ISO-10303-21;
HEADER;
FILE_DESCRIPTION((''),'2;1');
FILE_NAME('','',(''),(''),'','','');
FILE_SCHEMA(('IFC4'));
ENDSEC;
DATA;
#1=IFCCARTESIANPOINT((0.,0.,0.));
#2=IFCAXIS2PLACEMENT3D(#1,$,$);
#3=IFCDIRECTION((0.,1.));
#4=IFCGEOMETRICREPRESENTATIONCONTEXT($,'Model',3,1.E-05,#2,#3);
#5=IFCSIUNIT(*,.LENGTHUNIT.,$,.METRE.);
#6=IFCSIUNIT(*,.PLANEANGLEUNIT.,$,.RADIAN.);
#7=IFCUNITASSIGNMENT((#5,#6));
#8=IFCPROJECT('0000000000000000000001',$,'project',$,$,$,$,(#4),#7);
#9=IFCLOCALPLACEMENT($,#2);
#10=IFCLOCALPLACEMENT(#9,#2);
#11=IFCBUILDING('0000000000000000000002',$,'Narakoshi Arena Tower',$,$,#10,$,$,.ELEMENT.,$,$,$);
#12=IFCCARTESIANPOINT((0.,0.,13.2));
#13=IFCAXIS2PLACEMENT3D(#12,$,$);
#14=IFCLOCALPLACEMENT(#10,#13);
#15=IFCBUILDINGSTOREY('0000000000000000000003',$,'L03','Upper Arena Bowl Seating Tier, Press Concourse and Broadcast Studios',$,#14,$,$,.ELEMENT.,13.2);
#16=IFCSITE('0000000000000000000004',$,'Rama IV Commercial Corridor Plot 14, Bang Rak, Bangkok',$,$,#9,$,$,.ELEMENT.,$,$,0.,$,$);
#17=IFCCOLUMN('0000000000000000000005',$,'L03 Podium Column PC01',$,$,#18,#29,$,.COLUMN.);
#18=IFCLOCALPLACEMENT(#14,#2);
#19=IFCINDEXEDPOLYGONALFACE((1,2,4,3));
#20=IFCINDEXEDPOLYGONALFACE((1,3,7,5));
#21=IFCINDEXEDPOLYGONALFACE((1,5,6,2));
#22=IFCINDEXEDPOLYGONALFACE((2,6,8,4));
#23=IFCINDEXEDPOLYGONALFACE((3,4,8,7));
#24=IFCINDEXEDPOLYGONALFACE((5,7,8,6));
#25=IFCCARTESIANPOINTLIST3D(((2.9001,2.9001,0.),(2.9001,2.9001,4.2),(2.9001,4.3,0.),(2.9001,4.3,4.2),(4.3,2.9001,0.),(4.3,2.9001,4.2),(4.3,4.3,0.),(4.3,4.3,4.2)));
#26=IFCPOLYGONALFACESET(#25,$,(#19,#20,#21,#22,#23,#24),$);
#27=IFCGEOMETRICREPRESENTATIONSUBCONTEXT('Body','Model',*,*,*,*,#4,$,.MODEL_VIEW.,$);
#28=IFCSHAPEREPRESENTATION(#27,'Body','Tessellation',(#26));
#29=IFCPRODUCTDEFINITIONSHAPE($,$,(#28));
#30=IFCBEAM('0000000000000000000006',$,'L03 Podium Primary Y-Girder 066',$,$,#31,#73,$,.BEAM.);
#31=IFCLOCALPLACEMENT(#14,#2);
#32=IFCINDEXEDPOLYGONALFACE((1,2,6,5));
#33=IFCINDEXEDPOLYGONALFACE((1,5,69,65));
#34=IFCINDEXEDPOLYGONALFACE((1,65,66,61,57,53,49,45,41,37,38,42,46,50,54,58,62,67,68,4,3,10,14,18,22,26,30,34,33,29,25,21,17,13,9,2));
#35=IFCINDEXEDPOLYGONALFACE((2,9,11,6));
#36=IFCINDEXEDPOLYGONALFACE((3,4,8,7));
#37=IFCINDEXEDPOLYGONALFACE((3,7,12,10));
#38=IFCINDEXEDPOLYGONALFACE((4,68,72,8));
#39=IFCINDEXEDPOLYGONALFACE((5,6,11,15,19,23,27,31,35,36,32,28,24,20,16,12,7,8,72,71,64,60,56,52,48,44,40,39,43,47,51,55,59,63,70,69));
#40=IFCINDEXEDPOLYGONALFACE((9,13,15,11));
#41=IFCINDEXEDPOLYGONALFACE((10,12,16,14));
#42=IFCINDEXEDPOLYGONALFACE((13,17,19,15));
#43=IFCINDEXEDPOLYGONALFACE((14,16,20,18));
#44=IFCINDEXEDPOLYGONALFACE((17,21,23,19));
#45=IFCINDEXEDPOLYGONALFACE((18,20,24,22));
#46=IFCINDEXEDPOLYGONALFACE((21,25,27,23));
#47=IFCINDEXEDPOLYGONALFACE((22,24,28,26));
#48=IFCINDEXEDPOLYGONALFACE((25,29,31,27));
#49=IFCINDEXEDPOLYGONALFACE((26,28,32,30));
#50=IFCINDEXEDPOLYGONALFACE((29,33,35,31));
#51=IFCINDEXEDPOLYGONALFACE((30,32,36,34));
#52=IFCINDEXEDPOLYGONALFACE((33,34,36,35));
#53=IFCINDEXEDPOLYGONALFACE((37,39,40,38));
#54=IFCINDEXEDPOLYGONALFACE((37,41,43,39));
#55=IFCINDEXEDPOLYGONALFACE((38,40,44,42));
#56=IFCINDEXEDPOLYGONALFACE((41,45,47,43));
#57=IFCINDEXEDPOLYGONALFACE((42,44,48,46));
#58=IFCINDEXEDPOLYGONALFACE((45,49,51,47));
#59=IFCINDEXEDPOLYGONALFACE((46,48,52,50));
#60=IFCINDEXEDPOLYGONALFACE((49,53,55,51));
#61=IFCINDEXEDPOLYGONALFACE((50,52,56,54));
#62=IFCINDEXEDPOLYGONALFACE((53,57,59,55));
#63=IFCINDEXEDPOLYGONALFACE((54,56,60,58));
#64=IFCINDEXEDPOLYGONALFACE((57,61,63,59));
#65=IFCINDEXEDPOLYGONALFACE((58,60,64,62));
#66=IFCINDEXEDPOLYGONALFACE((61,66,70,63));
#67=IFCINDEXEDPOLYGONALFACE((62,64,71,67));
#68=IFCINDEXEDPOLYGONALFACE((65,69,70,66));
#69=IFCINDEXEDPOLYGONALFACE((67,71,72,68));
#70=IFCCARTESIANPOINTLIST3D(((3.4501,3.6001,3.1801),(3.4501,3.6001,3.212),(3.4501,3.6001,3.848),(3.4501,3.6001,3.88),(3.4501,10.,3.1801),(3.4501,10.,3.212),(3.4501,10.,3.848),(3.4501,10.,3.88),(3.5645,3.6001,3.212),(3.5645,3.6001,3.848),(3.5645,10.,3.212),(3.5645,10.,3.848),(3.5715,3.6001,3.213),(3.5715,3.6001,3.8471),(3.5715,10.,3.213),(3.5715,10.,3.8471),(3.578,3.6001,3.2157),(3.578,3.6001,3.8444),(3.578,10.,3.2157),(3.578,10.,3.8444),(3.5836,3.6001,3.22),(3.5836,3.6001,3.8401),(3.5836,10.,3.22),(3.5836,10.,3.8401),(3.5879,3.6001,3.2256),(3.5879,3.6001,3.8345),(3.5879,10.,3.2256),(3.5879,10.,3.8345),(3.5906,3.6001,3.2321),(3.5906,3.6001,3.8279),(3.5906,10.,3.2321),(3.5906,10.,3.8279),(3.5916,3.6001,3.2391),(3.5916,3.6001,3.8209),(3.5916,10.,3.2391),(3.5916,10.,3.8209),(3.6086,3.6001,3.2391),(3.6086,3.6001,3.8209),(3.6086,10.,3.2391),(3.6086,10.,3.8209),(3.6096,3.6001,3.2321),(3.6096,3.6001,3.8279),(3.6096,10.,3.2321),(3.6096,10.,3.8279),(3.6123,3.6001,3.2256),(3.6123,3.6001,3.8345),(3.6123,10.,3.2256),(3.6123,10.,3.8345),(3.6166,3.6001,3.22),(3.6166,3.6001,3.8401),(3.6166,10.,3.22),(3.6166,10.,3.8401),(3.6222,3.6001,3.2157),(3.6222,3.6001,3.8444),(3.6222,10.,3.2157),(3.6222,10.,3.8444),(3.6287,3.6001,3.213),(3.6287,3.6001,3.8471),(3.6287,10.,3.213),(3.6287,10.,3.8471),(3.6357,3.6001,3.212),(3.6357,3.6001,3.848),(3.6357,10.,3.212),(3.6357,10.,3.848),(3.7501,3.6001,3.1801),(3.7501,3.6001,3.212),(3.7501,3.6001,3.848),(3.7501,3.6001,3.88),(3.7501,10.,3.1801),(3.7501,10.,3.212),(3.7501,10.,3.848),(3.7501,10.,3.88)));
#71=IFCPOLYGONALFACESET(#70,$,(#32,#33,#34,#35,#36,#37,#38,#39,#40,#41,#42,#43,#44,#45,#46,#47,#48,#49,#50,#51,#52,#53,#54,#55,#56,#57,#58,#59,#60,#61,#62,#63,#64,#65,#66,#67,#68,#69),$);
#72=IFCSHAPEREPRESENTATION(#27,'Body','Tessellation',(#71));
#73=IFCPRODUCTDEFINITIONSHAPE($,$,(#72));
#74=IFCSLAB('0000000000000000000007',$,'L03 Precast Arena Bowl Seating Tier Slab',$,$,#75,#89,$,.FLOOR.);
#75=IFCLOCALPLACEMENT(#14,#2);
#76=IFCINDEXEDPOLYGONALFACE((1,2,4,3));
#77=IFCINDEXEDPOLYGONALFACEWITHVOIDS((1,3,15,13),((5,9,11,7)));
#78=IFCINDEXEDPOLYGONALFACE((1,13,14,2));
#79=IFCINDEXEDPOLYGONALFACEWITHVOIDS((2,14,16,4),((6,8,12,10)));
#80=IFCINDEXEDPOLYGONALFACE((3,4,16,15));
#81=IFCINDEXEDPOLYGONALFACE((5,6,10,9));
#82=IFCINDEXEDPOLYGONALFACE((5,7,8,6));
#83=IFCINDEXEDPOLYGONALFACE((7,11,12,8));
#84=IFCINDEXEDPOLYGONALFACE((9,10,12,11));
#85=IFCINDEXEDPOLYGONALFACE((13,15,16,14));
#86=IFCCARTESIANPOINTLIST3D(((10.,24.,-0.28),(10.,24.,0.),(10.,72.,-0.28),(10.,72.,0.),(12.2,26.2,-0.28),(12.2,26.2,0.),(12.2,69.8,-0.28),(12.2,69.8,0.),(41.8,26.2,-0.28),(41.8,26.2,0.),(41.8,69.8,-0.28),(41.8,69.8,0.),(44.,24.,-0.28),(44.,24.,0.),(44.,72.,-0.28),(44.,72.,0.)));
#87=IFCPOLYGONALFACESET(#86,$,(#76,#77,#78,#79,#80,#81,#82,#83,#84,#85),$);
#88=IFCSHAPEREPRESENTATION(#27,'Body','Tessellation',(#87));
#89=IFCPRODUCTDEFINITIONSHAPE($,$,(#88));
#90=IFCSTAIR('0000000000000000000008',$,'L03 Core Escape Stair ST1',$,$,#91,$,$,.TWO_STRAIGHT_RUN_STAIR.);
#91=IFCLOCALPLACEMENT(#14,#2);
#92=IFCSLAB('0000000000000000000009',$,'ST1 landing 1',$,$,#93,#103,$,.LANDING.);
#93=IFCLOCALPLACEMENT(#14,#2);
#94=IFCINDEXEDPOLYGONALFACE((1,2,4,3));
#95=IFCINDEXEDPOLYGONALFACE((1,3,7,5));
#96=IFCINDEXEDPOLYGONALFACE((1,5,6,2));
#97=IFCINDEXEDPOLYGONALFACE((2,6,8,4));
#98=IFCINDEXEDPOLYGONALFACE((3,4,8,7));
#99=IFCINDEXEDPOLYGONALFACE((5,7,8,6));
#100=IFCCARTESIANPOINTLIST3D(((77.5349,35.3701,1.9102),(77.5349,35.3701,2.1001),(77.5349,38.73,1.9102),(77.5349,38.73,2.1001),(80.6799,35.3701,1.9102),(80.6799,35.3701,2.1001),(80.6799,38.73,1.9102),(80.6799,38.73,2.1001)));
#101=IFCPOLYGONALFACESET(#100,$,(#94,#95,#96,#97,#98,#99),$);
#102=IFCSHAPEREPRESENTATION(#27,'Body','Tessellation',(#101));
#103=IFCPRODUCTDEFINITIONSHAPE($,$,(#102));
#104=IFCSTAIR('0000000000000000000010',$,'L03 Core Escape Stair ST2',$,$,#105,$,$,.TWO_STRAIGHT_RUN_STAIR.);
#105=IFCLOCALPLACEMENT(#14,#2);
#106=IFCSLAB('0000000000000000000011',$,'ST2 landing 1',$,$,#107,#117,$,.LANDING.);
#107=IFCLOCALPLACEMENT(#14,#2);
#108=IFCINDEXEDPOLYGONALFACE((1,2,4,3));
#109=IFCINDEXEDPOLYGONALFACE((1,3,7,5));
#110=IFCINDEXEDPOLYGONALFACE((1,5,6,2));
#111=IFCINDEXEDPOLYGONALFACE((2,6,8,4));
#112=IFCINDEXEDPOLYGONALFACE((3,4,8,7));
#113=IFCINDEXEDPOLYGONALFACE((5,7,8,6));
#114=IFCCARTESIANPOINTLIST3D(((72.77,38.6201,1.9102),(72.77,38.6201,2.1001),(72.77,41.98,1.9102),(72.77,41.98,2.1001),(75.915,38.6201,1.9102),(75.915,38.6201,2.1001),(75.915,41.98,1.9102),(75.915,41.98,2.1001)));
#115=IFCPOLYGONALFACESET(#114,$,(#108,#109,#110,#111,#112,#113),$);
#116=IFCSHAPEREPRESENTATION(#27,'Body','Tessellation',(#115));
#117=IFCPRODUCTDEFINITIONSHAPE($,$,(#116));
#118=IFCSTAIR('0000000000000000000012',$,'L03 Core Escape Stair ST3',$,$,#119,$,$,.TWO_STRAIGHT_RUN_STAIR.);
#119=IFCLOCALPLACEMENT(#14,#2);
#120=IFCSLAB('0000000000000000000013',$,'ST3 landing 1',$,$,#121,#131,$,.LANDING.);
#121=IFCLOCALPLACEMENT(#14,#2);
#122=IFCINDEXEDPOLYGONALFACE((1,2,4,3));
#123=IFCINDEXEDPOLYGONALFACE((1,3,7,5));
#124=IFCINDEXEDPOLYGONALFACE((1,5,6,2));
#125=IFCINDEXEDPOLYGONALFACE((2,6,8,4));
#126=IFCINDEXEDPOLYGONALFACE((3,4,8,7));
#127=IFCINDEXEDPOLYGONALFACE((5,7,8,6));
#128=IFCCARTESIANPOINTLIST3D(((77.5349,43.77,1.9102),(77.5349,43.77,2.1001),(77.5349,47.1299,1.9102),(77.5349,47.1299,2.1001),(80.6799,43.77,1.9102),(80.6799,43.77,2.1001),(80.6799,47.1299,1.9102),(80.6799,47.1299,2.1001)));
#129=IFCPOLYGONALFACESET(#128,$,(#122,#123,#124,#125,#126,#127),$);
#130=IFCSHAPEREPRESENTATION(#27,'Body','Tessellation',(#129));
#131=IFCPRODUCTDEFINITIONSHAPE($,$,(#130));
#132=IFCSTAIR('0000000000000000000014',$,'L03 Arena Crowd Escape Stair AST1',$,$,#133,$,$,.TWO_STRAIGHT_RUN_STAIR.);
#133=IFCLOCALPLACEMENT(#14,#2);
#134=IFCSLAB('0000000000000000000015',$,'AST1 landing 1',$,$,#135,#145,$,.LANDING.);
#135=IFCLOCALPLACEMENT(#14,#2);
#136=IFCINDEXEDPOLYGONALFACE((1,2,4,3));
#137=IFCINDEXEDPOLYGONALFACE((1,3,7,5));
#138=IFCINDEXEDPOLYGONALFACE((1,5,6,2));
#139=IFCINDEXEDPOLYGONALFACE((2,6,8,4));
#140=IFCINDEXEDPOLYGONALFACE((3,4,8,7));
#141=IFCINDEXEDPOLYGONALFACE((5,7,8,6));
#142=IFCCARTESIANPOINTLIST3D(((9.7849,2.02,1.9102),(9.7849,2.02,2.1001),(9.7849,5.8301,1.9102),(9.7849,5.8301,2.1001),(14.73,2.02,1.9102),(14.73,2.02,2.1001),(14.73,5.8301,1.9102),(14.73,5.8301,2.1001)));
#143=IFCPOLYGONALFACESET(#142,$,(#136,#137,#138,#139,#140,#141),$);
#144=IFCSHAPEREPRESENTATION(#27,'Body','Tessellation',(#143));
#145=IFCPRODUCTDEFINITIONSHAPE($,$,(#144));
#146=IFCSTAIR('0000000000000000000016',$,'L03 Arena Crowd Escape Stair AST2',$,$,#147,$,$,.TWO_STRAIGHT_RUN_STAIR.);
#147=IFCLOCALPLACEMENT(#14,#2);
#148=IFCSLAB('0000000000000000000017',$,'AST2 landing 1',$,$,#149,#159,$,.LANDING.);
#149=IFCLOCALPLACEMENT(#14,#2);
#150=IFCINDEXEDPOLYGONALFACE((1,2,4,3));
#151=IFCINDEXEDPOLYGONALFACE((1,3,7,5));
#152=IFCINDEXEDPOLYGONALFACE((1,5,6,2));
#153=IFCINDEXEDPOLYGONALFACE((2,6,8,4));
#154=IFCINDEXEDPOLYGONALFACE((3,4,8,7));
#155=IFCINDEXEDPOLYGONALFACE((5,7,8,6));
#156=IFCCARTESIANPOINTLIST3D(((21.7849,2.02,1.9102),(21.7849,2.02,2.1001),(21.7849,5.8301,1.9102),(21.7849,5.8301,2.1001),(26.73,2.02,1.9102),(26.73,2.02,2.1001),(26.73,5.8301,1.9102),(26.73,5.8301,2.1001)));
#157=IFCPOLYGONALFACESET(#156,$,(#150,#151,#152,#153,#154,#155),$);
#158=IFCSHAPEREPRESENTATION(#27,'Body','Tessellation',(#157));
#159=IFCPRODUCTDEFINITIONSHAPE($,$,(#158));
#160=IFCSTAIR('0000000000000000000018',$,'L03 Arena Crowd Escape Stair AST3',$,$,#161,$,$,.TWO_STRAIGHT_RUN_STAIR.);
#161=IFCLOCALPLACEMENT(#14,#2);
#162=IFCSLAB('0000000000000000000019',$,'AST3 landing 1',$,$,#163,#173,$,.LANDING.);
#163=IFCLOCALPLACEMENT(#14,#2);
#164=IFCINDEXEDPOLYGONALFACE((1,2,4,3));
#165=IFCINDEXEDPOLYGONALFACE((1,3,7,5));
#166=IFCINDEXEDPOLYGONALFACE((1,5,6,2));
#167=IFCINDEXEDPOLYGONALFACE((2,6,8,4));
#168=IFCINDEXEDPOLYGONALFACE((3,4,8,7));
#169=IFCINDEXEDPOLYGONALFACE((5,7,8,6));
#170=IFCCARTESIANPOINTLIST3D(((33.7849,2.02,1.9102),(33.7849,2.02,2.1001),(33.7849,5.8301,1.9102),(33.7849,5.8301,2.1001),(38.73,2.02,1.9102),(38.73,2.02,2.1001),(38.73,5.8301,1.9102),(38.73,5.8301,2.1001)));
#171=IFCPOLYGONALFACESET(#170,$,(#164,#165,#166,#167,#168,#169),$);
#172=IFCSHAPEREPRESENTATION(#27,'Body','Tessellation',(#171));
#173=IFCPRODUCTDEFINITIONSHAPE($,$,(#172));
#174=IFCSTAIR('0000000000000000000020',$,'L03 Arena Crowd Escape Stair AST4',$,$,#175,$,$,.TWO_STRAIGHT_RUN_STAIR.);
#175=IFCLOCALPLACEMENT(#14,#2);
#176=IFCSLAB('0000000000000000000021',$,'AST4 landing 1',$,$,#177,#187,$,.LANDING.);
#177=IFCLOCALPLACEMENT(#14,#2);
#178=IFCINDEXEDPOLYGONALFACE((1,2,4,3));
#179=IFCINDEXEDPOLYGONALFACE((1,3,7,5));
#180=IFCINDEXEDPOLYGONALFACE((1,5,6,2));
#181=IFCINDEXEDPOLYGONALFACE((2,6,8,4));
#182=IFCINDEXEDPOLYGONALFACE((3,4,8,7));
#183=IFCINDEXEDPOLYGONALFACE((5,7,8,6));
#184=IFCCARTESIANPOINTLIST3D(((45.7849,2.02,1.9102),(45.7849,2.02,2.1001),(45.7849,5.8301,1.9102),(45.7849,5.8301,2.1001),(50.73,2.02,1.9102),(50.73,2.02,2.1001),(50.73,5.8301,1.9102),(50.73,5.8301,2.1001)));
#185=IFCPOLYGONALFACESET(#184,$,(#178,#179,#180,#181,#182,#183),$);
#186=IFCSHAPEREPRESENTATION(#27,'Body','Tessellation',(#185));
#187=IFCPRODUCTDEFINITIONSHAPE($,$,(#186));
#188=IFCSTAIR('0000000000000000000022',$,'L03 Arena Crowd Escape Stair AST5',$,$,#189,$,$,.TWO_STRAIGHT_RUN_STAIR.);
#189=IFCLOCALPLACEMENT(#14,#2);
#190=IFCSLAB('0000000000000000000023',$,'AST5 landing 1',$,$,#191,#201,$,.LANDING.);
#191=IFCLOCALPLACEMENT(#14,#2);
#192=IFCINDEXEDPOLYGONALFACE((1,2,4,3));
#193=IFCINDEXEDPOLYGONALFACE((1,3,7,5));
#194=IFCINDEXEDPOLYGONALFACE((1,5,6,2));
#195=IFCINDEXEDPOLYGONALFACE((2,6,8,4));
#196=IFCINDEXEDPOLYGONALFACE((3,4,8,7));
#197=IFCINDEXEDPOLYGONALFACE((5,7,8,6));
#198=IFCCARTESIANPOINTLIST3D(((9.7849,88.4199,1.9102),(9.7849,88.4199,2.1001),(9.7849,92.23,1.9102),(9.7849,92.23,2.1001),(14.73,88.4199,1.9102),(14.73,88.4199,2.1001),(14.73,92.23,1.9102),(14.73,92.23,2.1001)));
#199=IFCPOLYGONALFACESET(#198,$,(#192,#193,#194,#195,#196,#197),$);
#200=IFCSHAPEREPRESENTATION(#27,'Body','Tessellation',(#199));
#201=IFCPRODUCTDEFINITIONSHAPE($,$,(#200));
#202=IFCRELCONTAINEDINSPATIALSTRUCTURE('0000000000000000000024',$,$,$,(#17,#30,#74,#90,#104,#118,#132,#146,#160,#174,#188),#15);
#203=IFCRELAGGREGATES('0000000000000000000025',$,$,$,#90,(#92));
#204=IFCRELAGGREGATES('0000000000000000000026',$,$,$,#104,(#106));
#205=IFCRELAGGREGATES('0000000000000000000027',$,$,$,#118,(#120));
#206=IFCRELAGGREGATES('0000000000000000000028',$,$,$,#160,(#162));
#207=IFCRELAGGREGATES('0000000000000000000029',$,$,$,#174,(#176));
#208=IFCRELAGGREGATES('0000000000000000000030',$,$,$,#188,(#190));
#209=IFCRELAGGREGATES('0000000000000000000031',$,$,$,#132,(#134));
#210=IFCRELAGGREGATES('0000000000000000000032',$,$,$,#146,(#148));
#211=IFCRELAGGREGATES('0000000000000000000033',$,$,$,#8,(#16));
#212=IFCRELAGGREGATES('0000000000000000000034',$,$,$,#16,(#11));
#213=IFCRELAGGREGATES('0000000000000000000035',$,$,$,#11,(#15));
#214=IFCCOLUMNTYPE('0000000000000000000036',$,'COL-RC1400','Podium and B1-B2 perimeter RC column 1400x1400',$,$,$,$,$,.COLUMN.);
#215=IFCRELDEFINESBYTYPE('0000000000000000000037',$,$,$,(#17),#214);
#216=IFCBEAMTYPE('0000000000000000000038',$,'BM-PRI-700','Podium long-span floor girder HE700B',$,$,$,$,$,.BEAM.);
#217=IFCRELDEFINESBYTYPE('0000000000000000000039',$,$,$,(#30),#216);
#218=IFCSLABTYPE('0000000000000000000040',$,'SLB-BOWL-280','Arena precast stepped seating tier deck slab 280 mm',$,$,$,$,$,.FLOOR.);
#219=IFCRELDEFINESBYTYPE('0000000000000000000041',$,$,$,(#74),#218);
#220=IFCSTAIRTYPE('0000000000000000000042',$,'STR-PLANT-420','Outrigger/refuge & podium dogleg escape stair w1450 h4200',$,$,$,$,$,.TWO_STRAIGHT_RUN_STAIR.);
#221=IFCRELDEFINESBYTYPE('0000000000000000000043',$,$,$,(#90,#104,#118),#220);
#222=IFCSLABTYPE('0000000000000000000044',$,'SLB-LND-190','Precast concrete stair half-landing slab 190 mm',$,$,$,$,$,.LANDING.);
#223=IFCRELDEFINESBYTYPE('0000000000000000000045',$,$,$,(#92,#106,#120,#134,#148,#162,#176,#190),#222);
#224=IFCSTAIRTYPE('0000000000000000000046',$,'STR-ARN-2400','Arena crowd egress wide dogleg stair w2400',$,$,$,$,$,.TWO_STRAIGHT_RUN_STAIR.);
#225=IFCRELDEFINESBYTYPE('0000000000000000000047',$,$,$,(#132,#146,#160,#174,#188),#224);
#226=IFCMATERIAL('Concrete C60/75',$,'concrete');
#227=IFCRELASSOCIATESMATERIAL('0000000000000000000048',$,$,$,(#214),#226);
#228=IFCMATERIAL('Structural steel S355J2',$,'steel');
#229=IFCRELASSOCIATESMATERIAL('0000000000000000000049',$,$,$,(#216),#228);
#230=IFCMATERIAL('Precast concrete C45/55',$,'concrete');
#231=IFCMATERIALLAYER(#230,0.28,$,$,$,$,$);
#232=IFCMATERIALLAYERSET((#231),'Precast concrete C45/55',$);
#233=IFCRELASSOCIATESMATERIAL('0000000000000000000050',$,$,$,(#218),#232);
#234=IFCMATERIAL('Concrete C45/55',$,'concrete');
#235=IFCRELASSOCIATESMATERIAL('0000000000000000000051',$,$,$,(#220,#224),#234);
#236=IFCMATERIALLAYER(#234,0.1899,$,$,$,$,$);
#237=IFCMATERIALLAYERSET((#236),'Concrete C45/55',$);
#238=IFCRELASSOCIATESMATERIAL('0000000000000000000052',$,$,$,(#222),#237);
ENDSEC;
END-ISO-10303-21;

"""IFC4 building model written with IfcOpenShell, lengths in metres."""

from ifc_helpers import new_model, si_unit, direction, frame, origin, origin_2d, place, context, subcontext, project, spatial, polyline, rectangle, i_section, outline, extrude, material, layer, layer_set, material_profile, profile_set, type_object, element, aggregate, save


model = new_model("IFC4")

# Units and contexts
model_context = context("Model", 3, precision=1e-05, world=origin(), true_north=direction((0.0, 1.0)))
body_context = subcontext(model_context, "Body", "Model", "MODEL_VIEW")
ifc_project = project(units=[si_unit("LENGTHUNIT", "METRE"), si_unit("PLANEANGLEUNIT", "RADIAN")], contexts=[model_context])

# Site, building, storey
site_placement = place(None, origin())
site = spatial("IfcSite", under=ifc_project, at=site_placement, Name="Rama IV Commercial Corridor Plot 14, Bang Rak, Bangkok", CompositionType="ELEMENT", RefElevation=0.0)
building_placement = place(site_placement, origin())
building = spatial("IfcBuilding", under=site, at=building_placement, Name="Narakoshi Arena Tower", CompositionType="ELEMENT")
storey_placement = place(building_placement, frame((0.0, 0.0, 13.2)))
storey = spatial("IfcBuildingStorey", under=building, at=storey_placement, Name="L03", Description="Upper Arena Bowl Seating Tier, Press Concourse and Broadcast Studios", CompositionType="ELEMENT", Elevation=13.2)

# Column
ifc_material_1 = material(Name="Concrete C60/75", Category="concrete")
ifc_material_profile_1 = material_profile(ifc_material_1, rectangle(XDim=1.3999, YDim=1.3999, at=origin_2d()), Name="RC1400x1400")
ifc_profile_set_1 = profile_set([ifc_material_profile_1], Name="Concrete C60/75")
column_type = type_object("IfcColumnType", Name="COL-RC1400", Description="Podium and B1-B2 perimeter RC column 1400x1400", PredefinedType="COLUMN", material=ifc_profile_set_1)
column_placement = place(storey_placement, frame((3.6001, 3.6001, 0.0), z_axis=(0.0, 0.0, 1.0), x_axis=(1.0, 0.0, 0.0)))
element("IfcColumn", 1, at=column_placement, inside=storey, type_object=column_type, Name="L03 Podium Column PC01", PredefinedType="COLUMN", context=body_context, shape_type="SweptSolid", body=[
    extrude(rectangle(XDim=1.3999, YDim=1.3999, at=origin_2d()), origin(), (0.0, 0.0, 1.0), 4.2),
])

# Beam
ifc_material_2 = material(Name="Structural steel S355J2", Category="steel")
ifc_material_profile_2 = material_profile(ifc_material_2, i_section(OverallWidth=0.3, OverallDepth=0.7, WebThickness=0.0171, FlangeThickness=0.032, FilletRadius=0.0271, at=origin_2d()), Name="HE700B")
ifc_profile_set_2 = profile_set([ifc_material_profile_2], Name="Structural steel S355J2")
beam_type = type_object("IfcBeamType", Name="BM-PRI-700", Description="Podium long-span floor girder HE700B", PredefinedType="BEAM", material=ifc_profile_set_2)
beam_placement = place(storey_placement, frame((3.6001, 3.6001, 3.53), z_axis=(0.0, 1.0, 0.0), x_axis=(-1.0, 0.0, 0.0)))
element("IfcBeam", 2, at=beam_placement, inside=storey, type_object=beam_type, Name="L03 Podium Primary Y-Girder 066", PredefinedType="BEAM", context=body_context, shape_type="SweptSolid", body=[
    extrude(i_section(OverallWidth=0.3, OverallDepth=0.7, WebThickness=0.0171, FlangeThickness=0.032, FilletRadius=0.0271, at=origin_2d()), origin(), (0.0, 0.0, 1.0), 6.3999),
])

# Slab
ifc_material_3 = material(Name="Precast concrete C45/55", Category="concrete")
ifc_layer_1 = layer(ifc_material_3, 0.28)
ifc_layer_set_1 = layer_set([ifc_layer_1], Name="Precast concrete C45/55")
slab_type_1 = type_object("IfcSlabType", Name="SLB-BOWL-280", Description="Arena precast stepped seating tier deck slab 280 mm", PredefinedType="FLOOR", material=ifc_layer_set_1)
slab_1_placement = place(storey_placement, frame((0.0, 0.0, -0.28)))
element("IfcSlab", 3, at=slab_1_placement, inside=storey, type_object=slab_type_1, Name="L03 Precast Arena Bowl Seating Tier Slab", PredefinedType="FLOOR", context=body_context, shape_type="SweptSolid", body=[
    extrude(outline(polyline([(44.0, 24.0), (44.0, 72.0), (10.0, 72.0), (10.0, 24.0), (44.0, 24.0)]), holes=[polyline([(41.8, 26.2), (41.8, 69.8), (12.2, 69.8), (12.2, 26.2), (41.8, 26.2)])]), origin(), (0.0, 0.0, 1.0), 0.28),
])

# Stairs, slabs
ifc_material_4 = material(Name="Concrete C45/55", Category="concrete")
stair_type_1 = type_object("IfcStairType", Name="STR-PLANT-420", Description="Outrigger/refuge & podium dogleg escape stair w1450 h4200", PredefinedType="TWO_STRAIGHT_RUN_STAIR", material=ifc_material_4)
stair_1_placement = place(storey_placement, origin())
stair_1 = element("IfcStair", 4, at=stair_1_placement, inside=storey, type_object=stair_type_1, Name="L03 Core Escape Stair ST1", PredefinedType="TWO_STRAIGHT_RUN_STAIR")
ifc_layer_2 = layer(ifc_material_4, 0.1899)
ifc_layer_set_2 = layer_set([ifc_layer_2], Name="Concrete C45/55")
slab_type_2 = type_object("IfcSlabType", Name="SLB-LND-190", Description="Precast concrete stair half-landing slab 190 mm", PredefinedType="LANDING", material=ifc_layer_set_2)
slab_2_placement = place(storey_placement, frame((0.0, 0.0, 1.9102)))
slab_2 = element("IfcSlab", 5, at=slab_2_placement, type_object=slab_type_2, Name="ST1 landing 1", PredefinedType="LANDING", context=body_context, shape_type="SweptSolid", body=[
    extrude(outline(polyline([(77.5349, 35.3701), (80.6799, 35.3701), (80.6799, 38.73), (77.5349, 38.73), (77.5349, 35.3701)])), origin(), (0.0, 0.0, 1.0), 0.1899),
])
aggregate(stair_1, [slab_2])
stair_2_placement = place(storey_placement, origin())
stair_2 = element("IfcStair", 6, at=stair_2_placement, inside=storey, type_object=stair_type_1, Name="L03 Core Escape Stair ST2", PredefinedType="TWO_STRAIGHT_RUN_STAIR")
slab_3_placement = place(storey_placement, frame((0.0, 0.0, 1.9102)))
slab_3 = element("IfcSlab", 7, at=slab_3_placement, type_object=slab_type_2, Name="ST2 landing 1", PredefinedType="LANDING", context=body_context, shape_type="SweptSolid", body=[
    extrude(outline(polyline([(72.77, 38.6201), (75.915, 38.6201), (75.915, 41.98), (72.77, 41.98), (72.77, 38.6201)])), origin(), (0.0, 0.0, 1.0), 0.1899),
])
aggregate(stair_2, [slab_3])
stair_3_placement = place(storey_placement, origin())
stair_3 = element("IfcStair", 8, at=stair_3_placement, inside=storey, type_object=stair_type_1, Name="L03 Core Escape Stair ST3", PredefinedType="TWO_STRAIGHT_RUN_STAIR")
slab_4_placement = place(storey_placement, frame((0.0, 0.0, 1.9102)))
slab_4 = element("IfcSlab", 9, at=slab_4_placement, type_object=slab_type_2, Name="ST3 landing 1", PredefinedType="LANDING", context=body_context, shape_type="SweptSolid", body=[
    extrude(outline(polyline([(77.5349, 43.77), (80.6799, 43.77), (80.6799, 47.1299), (77.5349, 47.1299), (77.5349, 43.77)])), origin(), (0.0, 0.0, 1.0), 0.1899),
])
aggregate(stair_3, [slab_4])
stair_type_2 = type_object("IfcStairType", Name="STR-ARN-2400", Description="Arena crowd egress wide dogleg stair w2400", PredefinedType="TWO_STRAIGHT_RUN_STAIR", material=ifc_material_4)
stair_4_placement = place(storey_placement, origin())
stair_4 = element("IfcStair", 10, at=stair_4_placement, inside=storey, type_object=stair_type_2, Name="L03 Arena Crowd Escape Stair AST1", PredefinedType="TWO_STRAIGHT_RUN_STAIR")
slab_5_placement = place(storey_placement, frame((0.0, 0.0, 1.9102)))
slab_5 = element("IfcSlab", 11, at=slab_5_placement, type_object=slab_type_2, Name="AST1 landing 1", PredefinedType="LANDING", context=body_context, shape_type="SweptSolid", body=[
    extrude(outline(polyline([(9.7849, 2.02), (14.73, 2.02), (14.73, 5.8301), (9.7849, 5.8301), (9.7849, 2.02)])), origin(), (0.0, 0.0, 1.0), 0.1899),
])
stair_5_placement = place(storey_placement, origin())
stair_5 = element("IfcStair", 12, at=stair_5_placement, inside=storey, type_object=stair_type_2, Name="L03 Arena Crowd Escape Stair AST2", PredefinedType="TWO_STRAIGHT_RUN_STAIR")
slab_6_placement = place(storey_placement, frame((0.0, 0.0, 1.9102)))
slab_6 = element("IfcSlab", 13, at=slab_6_placement, type_object=slab_type_2, Name="AST2 landing 1", PredefinedType="LANDING", context=body_context, shape_type="SweptSolid", body=[
    extrude(outline(polyline([(21.7849, 2.02), (26.73, 2.02), (26.73, 5.8301), (21.7849, 5.8301), (21.7849, 2.02)])), origin(), (0.0, 0.0, 1.0), 0.1899),
])
stair_6_placement = place(storey_placement, origin())
stair_6 = element("IfcStair", 14, at=stair_6_placement, inside=storey, type_object=stair_type_2, Name="L03 Arena Crowd Escape Stair AST3", PredefinedType="TWO_STRAIGHT_RUN_STAIR")
slab_7_placement = place(storey_placement, frame((0.0, 0.0, 1.9102)))
slab_7 = element("IfcSlab", 15, at=slab_7_placement, type_object=slab_type_2, Name="AST3 landing 1", PredefinedType="LANDING", context=body_context, shape_type="SweptSolid", body=[
    extrude(outline(polyline([(33.7849, 2.02), (38.73, 2.02), (38.73, 5.8301), (33.7849, 5.8301), (33.7849, 2.02)])), origin(), (0.0, 0.0, 1.0), 0.1899),
])
aggregate(stair_6, [slab_7])
stair_7_placement = place(storey_placement, origin())
stair_7 = element("IfcStair", 16, at=stair_7_placement, inside=storey, type_object=stair_type_2, Name="L03 Arena Crowd Escape Stair AST4", PredefinedType="TWO_STRAIGHT_RUN_STAIR")
slab_8_placement = place(storey_placement, frame((0.0, 0.0, 1.9102)))
slab_8 = element("IfcSlab", 17, at=slab_8_placement, type_object=slab_type_2, Name="AST4 landing 1", PredefinedType="LANDING", context=body_context, shape_type="SweptSolid", body=[
    extrude(outline(polyline([(45.7849, 2.02), (50.73, 2.02), (50.73, 5.8301), (45.7849, 5.8301), (45.7849, 2.02)])), origin(), (0.0, 0.0, 1.0), 0.1899),
])
aggregate(stair_7, [slab_8])
stair_8_placement = place(storey_placement, origin())
stair_8 = element("IfcStair", 18, at=stair_8_placement, inside=storey, type_object=stair_type_2, Name="L03 Arena Crowd Escape Stair AST5", PredefinedType="TWO_STRAIGHT_RUN_STAIR")
slab_9_placement = place(storey_placement, frame((0.0, 0.0, 1.9102)))
slab_9 = element("IfcSlab", 19, at=slab_9_placement, type_object=slab_type_2, Name="AST5 landing 1", PredefinedType="LANDING", context=body_context, shape_type="SweptSolid", body=[
    extrude(outline(polyline([(9.7849, 88.4199), (14.73, 88.4199), (14.73, 92.23), (9.7849, 92.23), (9.7849, 88.4199)])), origin(), (0.0, 0.0, 1.0), 0.1899),
])
aggregate(stair_8, [slab_9])

aggregate(stair_4, [slab_5])
aggregate(stair_5, [slab_6])

save(model, "model.ifc")
